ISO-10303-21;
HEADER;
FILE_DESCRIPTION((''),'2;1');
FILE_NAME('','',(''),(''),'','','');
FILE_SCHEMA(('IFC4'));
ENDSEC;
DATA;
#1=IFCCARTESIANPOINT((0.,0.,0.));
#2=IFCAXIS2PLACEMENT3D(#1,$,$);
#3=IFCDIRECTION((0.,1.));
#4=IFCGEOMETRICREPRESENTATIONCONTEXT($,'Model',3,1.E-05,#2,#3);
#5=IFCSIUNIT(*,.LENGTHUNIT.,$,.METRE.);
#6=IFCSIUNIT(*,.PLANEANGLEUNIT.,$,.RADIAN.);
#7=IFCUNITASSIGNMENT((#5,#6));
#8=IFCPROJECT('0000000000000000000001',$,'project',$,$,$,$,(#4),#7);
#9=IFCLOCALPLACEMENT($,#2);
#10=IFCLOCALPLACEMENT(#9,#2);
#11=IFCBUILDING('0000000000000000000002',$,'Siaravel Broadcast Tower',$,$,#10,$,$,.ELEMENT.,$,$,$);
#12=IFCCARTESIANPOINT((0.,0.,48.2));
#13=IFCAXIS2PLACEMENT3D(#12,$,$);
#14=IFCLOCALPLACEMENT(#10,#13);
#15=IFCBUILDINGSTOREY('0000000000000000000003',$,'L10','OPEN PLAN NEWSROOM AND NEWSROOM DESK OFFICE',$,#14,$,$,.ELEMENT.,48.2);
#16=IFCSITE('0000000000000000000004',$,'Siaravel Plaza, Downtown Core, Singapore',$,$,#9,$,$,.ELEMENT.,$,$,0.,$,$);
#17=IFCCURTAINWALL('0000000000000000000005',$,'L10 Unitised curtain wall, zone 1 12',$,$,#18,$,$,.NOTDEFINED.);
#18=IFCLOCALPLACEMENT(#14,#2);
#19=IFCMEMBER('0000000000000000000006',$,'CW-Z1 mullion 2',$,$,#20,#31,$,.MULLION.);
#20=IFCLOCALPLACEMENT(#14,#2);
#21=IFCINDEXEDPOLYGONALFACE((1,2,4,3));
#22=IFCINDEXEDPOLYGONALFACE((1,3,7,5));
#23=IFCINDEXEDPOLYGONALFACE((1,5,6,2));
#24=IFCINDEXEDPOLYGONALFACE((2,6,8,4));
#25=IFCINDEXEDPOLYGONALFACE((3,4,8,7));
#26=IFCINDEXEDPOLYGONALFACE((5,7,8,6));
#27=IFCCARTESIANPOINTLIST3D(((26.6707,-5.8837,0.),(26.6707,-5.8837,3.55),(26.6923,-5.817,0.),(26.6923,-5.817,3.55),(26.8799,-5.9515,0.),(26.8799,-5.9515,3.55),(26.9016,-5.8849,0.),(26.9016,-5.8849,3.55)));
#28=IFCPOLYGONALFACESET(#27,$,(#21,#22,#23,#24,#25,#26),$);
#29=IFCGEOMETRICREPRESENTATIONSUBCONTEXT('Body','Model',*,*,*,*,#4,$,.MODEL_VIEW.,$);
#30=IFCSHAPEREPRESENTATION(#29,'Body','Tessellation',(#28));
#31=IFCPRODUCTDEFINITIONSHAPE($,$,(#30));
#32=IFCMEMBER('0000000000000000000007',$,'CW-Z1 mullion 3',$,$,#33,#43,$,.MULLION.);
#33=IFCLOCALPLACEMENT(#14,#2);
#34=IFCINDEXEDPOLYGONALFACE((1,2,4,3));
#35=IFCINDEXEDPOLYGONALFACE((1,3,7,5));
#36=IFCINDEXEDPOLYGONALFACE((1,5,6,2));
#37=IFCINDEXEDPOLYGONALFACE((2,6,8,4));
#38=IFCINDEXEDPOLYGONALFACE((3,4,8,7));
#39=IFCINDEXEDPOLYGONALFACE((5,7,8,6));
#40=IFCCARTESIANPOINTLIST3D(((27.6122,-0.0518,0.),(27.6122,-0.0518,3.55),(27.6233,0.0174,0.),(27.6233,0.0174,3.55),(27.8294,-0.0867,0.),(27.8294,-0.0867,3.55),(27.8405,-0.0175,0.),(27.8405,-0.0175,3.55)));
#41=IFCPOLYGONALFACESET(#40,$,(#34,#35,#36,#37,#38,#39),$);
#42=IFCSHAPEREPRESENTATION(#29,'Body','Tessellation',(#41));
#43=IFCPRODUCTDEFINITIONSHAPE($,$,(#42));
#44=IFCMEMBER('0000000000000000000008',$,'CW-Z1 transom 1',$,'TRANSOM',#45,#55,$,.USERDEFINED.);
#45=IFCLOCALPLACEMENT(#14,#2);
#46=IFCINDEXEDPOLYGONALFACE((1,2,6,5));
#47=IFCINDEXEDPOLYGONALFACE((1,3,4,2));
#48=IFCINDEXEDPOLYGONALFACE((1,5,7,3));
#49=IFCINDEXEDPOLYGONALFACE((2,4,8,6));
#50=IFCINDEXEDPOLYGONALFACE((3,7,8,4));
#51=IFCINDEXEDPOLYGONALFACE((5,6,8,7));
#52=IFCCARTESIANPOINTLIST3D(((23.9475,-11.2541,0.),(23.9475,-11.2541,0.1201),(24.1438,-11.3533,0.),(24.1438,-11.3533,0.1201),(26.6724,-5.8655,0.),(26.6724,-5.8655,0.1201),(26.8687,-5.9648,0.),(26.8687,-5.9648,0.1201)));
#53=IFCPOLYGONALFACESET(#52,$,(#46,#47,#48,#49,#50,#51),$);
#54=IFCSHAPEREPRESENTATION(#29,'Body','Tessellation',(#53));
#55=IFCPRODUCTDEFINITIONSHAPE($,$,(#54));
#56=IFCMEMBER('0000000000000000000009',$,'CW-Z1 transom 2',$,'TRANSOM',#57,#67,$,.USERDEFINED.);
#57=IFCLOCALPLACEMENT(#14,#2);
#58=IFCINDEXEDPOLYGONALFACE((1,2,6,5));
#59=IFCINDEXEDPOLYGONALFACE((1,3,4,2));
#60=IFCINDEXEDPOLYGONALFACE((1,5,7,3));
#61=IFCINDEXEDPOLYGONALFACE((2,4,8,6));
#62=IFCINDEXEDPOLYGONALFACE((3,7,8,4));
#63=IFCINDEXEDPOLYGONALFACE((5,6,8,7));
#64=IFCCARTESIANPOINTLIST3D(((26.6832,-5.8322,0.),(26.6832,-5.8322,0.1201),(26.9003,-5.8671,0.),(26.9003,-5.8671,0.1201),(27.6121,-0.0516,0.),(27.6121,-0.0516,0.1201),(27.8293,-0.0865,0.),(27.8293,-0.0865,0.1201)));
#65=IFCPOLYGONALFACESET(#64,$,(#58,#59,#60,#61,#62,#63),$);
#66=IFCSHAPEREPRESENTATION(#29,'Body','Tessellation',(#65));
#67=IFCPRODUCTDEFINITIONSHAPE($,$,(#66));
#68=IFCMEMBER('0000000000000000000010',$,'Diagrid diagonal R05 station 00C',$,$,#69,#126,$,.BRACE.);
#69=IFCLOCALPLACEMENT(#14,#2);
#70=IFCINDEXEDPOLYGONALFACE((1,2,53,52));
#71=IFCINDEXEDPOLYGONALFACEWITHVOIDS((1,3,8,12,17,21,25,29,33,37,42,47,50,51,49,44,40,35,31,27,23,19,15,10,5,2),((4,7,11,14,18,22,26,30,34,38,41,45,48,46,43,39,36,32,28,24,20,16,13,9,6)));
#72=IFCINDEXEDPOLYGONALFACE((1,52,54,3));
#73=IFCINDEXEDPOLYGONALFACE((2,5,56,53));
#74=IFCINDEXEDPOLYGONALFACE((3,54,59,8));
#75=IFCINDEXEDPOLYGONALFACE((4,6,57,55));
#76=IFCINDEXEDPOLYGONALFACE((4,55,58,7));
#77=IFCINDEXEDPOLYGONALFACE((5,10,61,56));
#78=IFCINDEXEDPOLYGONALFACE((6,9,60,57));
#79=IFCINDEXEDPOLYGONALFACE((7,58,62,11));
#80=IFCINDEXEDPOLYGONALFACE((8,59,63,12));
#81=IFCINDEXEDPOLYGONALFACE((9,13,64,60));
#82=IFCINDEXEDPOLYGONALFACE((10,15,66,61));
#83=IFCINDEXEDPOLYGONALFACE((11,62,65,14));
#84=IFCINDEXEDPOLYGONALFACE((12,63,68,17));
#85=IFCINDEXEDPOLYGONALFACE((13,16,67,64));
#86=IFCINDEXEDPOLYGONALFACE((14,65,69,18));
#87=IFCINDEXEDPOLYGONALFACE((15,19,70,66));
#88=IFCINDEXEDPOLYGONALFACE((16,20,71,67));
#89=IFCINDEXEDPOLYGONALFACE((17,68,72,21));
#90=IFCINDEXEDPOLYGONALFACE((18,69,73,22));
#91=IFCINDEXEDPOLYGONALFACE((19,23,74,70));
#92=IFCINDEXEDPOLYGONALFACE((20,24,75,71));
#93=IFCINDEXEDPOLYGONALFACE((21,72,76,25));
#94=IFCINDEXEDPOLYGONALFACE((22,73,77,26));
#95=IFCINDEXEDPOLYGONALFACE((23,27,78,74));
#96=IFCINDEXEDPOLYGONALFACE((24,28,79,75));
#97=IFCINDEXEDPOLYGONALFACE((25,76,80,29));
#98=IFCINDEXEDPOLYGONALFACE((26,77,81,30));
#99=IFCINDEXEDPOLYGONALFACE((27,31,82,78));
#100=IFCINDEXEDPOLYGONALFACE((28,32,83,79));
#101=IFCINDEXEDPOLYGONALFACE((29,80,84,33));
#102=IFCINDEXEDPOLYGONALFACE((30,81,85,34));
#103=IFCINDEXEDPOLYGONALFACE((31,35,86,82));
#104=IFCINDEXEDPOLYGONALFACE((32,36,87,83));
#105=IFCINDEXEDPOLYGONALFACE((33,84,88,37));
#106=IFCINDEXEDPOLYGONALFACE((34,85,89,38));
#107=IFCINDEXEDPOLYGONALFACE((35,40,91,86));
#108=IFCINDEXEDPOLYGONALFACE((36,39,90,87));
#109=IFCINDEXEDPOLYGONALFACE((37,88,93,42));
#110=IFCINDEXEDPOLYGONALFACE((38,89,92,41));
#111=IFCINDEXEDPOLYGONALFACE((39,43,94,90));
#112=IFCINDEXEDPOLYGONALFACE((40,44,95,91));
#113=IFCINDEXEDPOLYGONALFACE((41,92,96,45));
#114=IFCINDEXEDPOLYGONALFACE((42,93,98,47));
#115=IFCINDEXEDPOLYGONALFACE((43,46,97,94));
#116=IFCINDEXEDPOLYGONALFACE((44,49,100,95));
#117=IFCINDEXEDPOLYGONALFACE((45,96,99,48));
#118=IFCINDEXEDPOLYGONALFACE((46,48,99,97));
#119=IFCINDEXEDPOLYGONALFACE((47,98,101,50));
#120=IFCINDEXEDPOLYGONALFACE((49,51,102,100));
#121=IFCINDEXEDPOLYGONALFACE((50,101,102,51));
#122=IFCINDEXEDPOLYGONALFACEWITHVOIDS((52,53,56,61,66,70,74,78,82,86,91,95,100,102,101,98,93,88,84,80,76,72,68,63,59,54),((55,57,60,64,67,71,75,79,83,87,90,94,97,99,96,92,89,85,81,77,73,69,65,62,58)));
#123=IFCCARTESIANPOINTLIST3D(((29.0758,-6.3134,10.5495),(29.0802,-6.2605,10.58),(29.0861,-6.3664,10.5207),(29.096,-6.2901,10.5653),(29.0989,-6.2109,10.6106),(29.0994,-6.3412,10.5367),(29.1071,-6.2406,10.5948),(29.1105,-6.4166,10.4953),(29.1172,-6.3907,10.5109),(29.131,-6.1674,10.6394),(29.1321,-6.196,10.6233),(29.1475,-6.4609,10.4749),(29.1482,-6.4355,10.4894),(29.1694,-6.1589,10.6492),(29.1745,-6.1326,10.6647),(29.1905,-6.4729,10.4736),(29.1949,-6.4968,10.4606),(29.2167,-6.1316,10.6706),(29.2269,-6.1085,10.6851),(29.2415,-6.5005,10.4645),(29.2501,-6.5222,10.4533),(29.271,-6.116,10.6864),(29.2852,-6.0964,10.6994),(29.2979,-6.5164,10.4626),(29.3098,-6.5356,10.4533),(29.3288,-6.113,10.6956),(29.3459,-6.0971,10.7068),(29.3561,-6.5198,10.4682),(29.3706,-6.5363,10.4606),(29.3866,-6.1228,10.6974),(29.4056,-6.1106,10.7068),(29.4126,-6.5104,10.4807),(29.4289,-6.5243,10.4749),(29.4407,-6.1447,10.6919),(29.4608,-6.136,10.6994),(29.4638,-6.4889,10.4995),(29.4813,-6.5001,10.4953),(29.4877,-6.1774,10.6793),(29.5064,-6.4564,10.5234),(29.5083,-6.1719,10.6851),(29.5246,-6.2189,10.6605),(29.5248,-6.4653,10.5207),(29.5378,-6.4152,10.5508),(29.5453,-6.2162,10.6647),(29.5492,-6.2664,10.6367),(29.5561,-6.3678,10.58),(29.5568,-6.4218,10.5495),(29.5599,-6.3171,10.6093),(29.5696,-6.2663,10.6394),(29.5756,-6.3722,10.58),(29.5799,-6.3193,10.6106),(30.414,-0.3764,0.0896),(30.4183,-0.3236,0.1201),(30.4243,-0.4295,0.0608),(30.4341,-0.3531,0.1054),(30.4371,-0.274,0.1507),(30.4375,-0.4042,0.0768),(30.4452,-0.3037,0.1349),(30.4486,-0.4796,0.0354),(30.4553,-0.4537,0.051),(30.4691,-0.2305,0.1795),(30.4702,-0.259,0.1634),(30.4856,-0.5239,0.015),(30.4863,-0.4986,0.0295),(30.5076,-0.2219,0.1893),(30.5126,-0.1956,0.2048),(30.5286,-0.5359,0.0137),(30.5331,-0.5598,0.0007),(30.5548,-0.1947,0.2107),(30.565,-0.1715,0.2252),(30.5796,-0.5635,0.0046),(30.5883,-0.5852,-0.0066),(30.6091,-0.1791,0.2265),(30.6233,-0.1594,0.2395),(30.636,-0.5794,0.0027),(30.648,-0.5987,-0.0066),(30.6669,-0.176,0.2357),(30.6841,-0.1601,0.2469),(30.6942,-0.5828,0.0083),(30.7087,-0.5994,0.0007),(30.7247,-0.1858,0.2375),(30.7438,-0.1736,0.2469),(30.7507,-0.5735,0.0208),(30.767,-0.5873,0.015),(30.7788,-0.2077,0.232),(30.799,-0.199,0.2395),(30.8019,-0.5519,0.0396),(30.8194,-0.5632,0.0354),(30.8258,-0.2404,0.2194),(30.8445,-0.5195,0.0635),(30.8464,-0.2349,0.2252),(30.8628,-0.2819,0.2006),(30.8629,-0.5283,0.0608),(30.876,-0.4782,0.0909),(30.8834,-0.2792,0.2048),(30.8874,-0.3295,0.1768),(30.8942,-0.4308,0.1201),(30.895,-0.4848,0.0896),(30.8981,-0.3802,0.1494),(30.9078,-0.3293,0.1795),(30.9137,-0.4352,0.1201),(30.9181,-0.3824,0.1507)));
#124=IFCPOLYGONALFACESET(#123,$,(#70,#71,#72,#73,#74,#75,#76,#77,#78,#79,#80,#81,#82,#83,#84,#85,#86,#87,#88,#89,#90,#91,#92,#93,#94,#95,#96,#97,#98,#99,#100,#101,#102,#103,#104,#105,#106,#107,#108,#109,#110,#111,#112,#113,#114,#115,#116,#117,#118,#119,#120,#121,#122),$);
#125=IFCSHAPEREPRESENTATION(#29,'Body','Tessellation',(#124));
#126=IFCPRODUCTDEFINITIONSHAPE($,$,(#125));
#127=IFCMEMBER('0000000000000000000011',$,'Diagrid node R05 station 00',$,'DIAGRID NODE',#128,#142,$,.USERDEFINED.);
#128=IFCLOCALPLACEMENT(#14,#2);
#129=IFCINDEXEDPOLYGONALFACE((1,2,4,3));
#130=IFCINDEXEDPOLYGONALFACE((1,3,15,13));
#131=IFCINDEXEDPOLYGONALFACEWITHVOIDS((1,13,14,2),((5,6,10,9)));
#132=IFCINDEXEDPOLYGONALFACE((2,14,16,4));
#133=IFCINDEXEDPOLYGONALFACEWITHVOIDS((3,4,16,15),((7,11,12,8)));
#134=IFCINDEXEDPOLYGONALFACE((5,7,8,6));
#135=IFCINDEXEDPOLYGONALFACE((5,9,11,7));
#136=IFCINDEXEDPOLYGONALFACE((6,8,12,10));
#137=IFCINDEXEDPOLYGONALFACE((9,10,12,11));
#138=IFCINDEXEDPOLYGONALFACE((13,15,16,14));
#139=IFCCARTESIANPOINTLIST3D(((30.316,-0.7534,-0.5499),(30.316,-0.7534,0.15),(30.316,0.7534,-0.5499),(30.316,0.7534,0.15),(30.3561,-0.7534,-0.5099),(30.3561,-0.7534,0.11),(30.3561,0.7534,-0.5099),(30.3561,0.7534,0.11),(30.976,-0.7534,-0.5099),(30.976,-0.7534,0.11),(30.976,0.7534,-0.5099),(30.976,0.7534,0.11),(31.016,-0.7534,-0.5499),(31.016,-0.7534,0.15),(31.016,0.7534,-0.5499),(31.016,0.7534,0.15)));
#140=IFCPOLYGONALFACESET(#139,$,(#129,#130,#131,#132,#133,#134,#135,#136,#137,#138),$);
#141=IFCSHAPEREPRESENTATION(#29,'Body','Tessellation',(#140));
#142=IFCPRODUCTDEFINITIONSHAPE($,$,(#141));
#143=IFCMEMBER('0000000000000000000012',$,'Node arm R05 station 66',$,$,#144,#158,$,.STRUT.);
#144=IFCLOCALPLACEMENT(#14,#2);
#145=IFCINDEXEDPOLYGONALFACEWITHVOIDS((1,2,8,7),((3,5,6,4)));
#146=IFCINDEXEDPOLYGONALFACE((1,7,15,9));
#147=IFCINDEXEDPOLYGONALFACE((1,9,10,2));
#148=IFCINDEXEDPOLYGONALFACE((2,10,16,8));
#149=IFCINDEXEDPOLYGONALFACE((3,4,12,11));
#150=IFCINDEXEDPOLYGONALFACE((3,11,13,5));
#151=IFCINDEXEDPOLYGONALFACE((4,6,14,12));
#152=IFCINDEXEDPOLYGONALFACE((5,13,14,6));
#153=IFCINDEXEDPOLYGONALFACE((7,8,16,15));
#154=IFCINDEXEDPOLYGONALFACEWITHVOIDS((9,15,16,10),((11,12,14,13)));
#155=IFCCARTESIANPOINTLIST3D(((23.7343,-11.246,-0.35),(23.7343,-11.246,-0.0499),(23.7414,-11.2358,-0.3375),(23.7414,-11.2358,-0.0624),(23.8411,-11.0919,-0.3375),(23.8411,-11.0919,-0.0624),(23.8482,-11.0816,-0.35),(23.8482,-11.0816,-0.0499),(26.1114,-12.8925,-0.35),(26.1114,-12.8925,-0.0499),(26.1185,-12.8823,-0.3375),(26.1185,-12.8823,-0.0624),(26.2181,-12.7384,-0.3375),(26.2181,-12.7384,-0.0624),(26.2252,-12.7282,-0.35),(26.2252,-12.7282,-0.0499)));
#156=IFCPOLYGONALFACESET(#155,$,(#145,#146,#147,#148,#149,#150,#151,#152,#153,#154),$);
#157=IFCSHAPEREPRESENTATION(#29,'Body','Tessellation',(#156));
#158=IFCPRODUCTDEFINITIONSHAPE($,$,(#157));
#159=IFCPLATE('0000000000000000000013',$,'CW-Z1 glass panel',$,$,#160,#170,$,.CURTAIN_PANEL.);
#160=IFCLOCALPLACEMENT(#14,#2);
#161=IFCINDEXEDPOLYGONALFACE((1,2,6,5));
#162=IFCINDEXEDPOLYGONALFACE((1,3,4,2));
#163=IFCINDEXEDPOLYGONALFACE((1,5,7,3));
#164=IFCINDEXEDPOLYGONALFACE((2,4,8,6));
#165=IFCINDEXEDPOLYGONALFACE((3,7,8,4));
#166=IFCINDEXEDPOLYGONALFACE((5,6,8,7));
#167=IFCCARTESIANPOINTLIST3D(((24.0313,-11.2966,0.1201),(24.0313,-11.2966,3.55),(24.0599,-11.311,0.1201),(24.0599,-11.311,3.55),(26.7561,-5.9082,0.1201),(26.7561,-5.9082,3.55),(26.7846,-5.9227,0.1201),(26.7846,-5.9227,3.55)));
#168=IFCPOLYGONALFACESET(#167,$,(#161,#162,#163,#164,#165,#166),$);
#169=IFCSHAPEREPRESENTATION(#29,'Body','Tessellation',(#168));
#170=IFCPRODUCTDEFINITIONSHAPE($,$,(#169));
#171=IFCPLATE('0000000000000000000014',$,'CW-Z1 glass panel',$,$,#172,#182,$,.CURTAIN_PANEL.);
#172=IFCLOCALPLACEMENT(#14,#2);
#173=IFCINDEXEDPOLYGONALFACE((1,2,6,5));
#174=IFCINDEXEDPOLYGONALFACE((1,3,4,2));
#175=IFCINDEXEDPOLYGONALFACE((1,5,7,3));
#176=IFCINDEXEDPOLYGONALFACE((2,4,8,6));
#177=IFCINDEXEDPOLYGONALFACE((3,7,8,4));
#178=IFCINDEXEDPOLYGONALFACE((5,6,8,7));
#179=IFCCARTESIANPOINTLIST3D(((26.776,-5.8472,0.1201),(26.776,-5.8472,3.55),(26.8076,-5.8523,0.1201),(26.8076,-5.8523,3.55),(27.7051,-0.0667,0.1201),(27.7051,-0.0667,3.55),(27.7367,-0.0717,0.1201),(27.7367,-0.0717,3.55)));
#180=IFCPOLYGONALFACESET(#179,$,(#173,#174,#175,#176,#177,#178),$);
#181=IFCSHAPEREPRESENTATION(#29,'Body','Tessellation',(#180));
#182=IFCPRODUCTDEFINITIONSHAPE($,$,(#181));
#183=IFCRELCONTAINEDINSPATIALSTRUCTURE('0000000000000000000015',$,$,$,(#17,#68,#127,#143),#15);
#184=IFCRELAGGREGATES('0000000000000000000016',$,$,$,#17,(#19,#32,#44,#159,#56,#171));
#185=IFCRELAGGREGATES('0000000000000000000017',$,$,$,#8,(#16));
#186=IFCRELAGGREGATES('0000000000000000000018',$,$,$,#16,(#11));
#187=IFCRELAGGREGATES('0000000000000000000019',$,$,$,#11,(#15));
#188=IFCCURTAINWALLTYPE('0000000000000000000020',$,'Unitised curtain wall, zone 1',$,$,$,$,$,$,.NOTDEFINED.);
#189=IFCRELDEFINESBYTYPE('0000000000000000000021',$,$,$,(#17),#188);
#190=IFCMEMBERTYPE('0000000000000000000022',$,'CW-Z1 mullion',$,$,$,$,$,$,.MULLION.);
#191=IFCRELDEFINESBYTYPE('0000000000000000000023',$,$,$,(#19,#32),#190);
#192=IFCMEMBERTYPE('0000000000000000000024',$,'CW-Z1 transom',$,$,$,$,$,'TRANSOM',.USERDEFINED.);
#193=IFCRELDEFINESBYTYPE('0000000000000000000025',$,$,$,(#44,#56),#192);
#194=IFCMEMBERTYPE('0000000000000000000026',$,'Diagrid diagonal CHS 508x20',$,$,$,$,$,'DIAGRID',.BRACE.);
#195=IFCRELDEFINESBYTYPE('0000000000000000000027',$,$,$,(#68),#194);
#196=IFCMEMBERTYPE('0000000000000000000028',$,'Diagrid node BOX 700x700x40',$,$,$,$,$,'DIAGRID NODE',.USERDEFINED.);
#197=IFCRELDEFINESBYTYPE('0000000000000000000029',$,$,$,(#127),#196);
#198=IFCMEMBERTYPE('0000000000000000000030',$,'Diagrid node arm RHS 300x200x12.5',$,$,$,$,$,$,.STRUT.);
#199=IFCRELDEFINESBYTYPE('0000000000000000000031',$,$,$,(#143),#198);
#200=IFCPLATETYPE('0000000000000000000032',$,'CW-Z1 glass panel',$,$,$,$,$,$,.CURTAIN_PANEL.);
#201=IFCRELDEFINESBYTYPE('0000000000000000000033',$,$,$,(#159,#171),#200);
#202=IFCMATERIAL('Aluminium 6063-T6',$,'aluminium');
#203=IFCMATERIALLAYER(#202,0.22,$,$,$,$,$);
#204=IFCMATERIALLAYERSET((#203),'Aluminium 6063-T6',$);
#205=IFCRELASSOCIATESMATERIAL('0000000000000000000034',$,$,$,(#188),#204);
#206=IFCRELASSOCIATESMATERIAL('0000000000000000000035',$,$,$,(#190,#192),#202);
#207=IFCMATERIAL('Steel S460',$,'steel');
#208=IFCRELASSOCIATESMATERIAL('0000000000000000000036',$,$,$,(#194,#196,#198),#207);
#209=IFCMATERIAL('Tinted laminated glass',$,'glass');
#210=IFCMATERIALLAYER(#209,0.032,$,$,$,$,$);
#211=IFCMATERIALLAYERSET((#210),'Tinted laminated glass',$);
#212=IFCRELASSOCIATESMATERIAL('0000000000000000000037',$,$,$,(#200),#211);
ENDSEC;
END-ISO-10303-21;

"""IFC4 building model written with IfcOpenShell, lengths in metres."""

from ifc_helpers import new_model, si_unit, direction, frame, origin, origin_2d, place, context, subcontext, project, spatial, rectangle, hollow_rectangle, hollow_circle, extrude, material, layer, layer_set, material_profile, profile_set, type_object, element, aggregate, save


model = new_model("IFC4")

# Units and contexts
model_context = context("Model", 3, precision=1e-05, world=origin(), true_north=direction((0.0, 1.0)))
body_context = subcontext(model_context, "Body", "Model", "MODEL_VIEW")
ifc_project = project(units=[si_unit("LENGTHUNIT", "METRE"), si_unit("PLANEANGLEUNIT", "RADIAN")], contexts=[model_context])

# Site, building, storey
site_placement = place(None, origin())
site = spatial("IfcSite", under=ifc_project, at=site_placement, Name="Siaravel Plaza, Downtown Core, Singapore", CompositionType="ELEMENT", RefElevation=0.0)
building_placement = place(site_placement, origin())
building = spatial("IfcBuilding", under=site, at=building_placement, Name="Siaravel Broadcast Tower", CompositionType="ELEMENT")
storey_placement = place(building_placement, frame((0.0, 0.0, 48.2)))
storey = spatial("IfcBuildingStorey", under=building, at=storey_placement, Name="L10", Description="OPEN PLAN NEWSROOM AND NEWSROOM DESK OFFICE", CompositionType="ELEMENT", Elevation=48.2)

# Curtain wall, members
ifc_material_1 = material(Name="Aluminium 6063-T6", Category="aluminium")
ifc_layer_1 = layer(ifc_material_1, 0.22)
ifc_layer_set_1 = layer_set([ifc_layer_1], Name="Aluminium 6063-T6")
curtain_wall_type = type_object("IfcCurtainWallType", Name="Unitised curtain wall, zone 1", PredefinedType="NOTDEFINED", material=ifc_layer_set_1)
curtain_wall_placement = place(storey_placement, origin())
curtain_wall = element("IfcCurtainWall", 1, at=curtain_wall_placement, inside=storey, type_object=curtain_wall_type, Name="L10 Unitised curtain wall, zone 1 12", PredefinedType="NOTDEFINED")
ifc_material_profile_1 = material_profile(ifc_material_1, rectangle(XDim=0.22, YDim=0.0701, at=origin_2d()))
ifc_profile_set_1 = profile_set([ifc_material_profile_1], Name="Aluminium 6063-T6")
member_type_1 = type_object("IfcMemberType", Name="CW-Z1 mullion", PredefinedType="MULLION", material=ifc_profile_set_1)
member_1_placement = place(storey_placement, frame((26.7861, -5.8843, 0.0), z_axis=(0.0, 0.0, 1.0), x_axis=(-0.951177, 0.308646, 0.0)))
member_1 = element("IfcMember", 2, at=member_1_placement, type_object=member_type_1, Name="CW-Z1 mullion 2", PredefinedType="MULLION", context=body_context, shape_type="SweptSolid", body=[
    extrude(rectangle(XDim=0.22, YDim=0.0701, at=origin_2d()), origin(), (0.0, 0.0, 1.0), 3.55),
])
member_2_placement = place(storey_placement, frame((27.7263, -0.0347, 0.0), z_axis=(0.0, 0.0, 1.0), x_axis=(-0.987329, 0.158686, 0.0)))
member_2 = element("IfcMember", 3, at=member_2_placement, type_object=member_type_1, Name="CW-Z1 mullion 3", PredefinedType="MULLION", context=body_context, shape_type="SweptSolid", body=[
    extrude(rectangle(XDim=0.22, YDim=0.0701, at=origin_2d()), origin(), (0.0, 0.0, 1.0), 3.55),
])
ifc_material_profile_2 = material_profile(ifc_material_1, rectangle(XDim=0.22, YDim=0.1201, at=origin_2d()))
ifc_profile_set_2 = profile_set([ifc_material_profile_2], Name="Aluminium 6063-T6")
member_type_2 = type_object("IfcMemberType", Name="CW-Z1 transom", ElementType="TRANSOM", PredefinedType="USERDEFINED", material=ifc_profile_set_2)
member_3_placement = place(storey_placement, frame((24.0457, -11.3037, 0.0601), z_axis=(0.451268, 0.892388, 0.0), x_axis=(-0.892388, 0.451268, 0.0)))
member_3 = element("IfcMember", 4, at=member_3_placement, type_object=member_type_2, Name="CW-Z1 transom 1", ObjectType="TRANSOM", PredefinedType="USERDEFINED", context=body_context, shape_type="SweptSolid", body=[
    extrude(rectangle(XDim=0.22, YDim=0.1201, at=origin_2d()), origin(), (0.0, 0.0, 1.0), 6.0383),
])
member_4_placement = place(storey_placement, frame((26.7917, -5.8496, 0.0601), z_axis=(0.158669, 0.987332, 0.0), x_axis=(-0.987332, 0.158669, 0.0)))
member_4 = element("IfcMember", 5, at=member_4_placement, type_object=member_type_2, Name="CW-Z1 transom 2", ObjectType="TRANSOM", PredefinedType="USERDEFINED", context=body_context, shape_type="SweptSolid", body=[
    extrude(rectangle(XDim=0.22, YDim=0.1201, at=origin_2d()), origin(), (0.0, 0.0, 1.0), 5.8547),
])

# Members
ifc_material_2 = material(Name="Steel S460", Category="steel")
ifc_material_profile_3 = material_profile(ifc_material_2, hollow_circle(Radius=0.2539, WallThickness=0.02, at=origin_2d()))
ifc_profile_set_3 = profile_set([ifc_material_profile_3], Name="Steel S460")
member_type_3 = type_object("IfcMemberType", Name="Diagrid diagonal CHS 508x20", ElementType="DIAGRID", PredefinedType="BRACE", material=ifc_profile_set_3)
member_5_placement = place(storey_placement, frame((30.666, -0.3794, 0.1201), z_axis=(-0.110575, -0.490596, 0.864343), x_axis=(0.975529, -0.219873, 0.0)))
element("IfcMember", 6, at=member_5_placement, inside=storey, type_object=member_type_3, Name="Diagrid diagonal R05 station 00C", PredefinedType="BRACE", context=body_context, shape_type="SweptSolid", body=[
    extrude(hollow_circle(Radius=0.2539, WallThickness=0.02, at=origin_2d()), origin(), (0.0, 0.0, 1.0), 12.1016),
])
ifc_material_profile_4 = material_profile(ifc_material_2, hollow_rectangle(XDim=0.7, YDim=0.7, WallThickness=0.04, at=origin_2d()))
ifc_profile_set_4 = profile_set([ifc_material_profile_4], Name="Steel S460")
member_type_4 = type_object("IfcMemberType", Name="Diagrid node BOX 700x700x40", ElementType="DIAGRID NODE", PredefinedType="USERDEFINED", material=ifc_profile_set_4)
member_6_placement = place(storey_placement, frame((30.666, -0.7534, -0.2), z_axis=(0.0, 1.0, 0.0), x_axis=(-1.0, 0.0, 0.0)))
element("IfcMember", 7, at=member_6_placement, inside=storey, type_object=member_type_4, Name="Diagrid node R05 station 00", ObjectType="DIAGRID NODE", PredefinedType="USERDEFINED", context=body_context, shape_type="SweptSolid", body=[
    extrude(hollow_rectangle(XDim=0.7, YDim=0.7, WallThickness=0.04, at=origin_2d()), origin(), (0.0, 0.0, 1.0), 1.5068),
])
ifc_material_profile_5 = material_profile(ifc_material_2, hollow_rectangle(XDim=0.2, YDim=0.3, WallThickness=0.0125, at=origin_2d()))
ifc_profile_set_5 = profile_set([ifc_material_profile_5], Name="Steel S460")
member_type_5 = type_object("IfcMemberType", Name="Diagrid node arm RHS 300x200x12.5", PredefinedType="STRUT", material=ifc_profile_set_5)
member_7_placement = place(storey_placement, frame((23.7913, -11.1638, -0.2), z_axis=(0.822046, -0.569421, 0.0), x_axis=(0.569421, 0.822046, 0.0)))
element("IfcMember", 8, at=member_7_placement, inside=storey, type_object=member_type_5, Name="Node arm R05 station 66", PredefinedType="STRUT", context=body_context, shape_type="SweptSolid", body=[
    extrude(hollow_rectangle(XDim=0.2, YDim=0.3, WallThickness=0.0125, at=origin_2d()), origin(), (0.0, 0.0, 1.0), 2.8916),
])

# Plates
ifc_material_3 = material(Name="Tinted laminated glass", Category="glass")
ifc_layer_2 = layer(ifc_material_3, 0.032)
ifc_layer_set_2 = layer_set([ifc_layer_2], Name="Tinted laminated glass")
plate_type = type_object("IfcPlateType", Name="CW-Z1 glass panel", PredefinedType="CURTAIN_PANEL", material=ifc_layer_set_2)
plate_1_placement = place(storey_placement, frame((25.408, -8.6096, 0.1201), z_axis=(0.0, 0.0, 1.0), x_axis=(0.451261, 0.892392, 0.0)))
plate_1 = element("IfcPlate", 9, at=plate_1_placement, type_object=plate_type, Name="CW-Z1 glass panel", PredefinedType="CURTAIN_PANEL", context=body_context, shape_type="SweptSolid", body=[
    extrude(rectangle(XDim=6.0381, YDim=0.032, at=origin_2d()), origin(), (0.0, 0.0, 1.0), 3.4299),
])
plate_2_placement = place(storey_placement, frame((27.2563, -2.9595, 0.1201), z_axis=(0.0, 0.0, 1.0), x_axis=(0.158686, 0.987329, 0.0)))
plate_2 = element("IfcPlate", 10, at=plate_2_placement, type_object=plate_type, Name="CW-Z1 glass panel", PredefinedType="CURTAIN_PANEL", context=body_context, shape_type="SweptSolid", body=[
    extrude(rectangle(XDim=5.8547, YDim=0.032, at=origin_2d()), origin(), (0.0, 0.0, 1.0), 3.4299),
])
aggregate(curtain_wall, [member_1, member_2, member_3, plate_1, member_4, plate_2])

save(model, "model.ifc")
